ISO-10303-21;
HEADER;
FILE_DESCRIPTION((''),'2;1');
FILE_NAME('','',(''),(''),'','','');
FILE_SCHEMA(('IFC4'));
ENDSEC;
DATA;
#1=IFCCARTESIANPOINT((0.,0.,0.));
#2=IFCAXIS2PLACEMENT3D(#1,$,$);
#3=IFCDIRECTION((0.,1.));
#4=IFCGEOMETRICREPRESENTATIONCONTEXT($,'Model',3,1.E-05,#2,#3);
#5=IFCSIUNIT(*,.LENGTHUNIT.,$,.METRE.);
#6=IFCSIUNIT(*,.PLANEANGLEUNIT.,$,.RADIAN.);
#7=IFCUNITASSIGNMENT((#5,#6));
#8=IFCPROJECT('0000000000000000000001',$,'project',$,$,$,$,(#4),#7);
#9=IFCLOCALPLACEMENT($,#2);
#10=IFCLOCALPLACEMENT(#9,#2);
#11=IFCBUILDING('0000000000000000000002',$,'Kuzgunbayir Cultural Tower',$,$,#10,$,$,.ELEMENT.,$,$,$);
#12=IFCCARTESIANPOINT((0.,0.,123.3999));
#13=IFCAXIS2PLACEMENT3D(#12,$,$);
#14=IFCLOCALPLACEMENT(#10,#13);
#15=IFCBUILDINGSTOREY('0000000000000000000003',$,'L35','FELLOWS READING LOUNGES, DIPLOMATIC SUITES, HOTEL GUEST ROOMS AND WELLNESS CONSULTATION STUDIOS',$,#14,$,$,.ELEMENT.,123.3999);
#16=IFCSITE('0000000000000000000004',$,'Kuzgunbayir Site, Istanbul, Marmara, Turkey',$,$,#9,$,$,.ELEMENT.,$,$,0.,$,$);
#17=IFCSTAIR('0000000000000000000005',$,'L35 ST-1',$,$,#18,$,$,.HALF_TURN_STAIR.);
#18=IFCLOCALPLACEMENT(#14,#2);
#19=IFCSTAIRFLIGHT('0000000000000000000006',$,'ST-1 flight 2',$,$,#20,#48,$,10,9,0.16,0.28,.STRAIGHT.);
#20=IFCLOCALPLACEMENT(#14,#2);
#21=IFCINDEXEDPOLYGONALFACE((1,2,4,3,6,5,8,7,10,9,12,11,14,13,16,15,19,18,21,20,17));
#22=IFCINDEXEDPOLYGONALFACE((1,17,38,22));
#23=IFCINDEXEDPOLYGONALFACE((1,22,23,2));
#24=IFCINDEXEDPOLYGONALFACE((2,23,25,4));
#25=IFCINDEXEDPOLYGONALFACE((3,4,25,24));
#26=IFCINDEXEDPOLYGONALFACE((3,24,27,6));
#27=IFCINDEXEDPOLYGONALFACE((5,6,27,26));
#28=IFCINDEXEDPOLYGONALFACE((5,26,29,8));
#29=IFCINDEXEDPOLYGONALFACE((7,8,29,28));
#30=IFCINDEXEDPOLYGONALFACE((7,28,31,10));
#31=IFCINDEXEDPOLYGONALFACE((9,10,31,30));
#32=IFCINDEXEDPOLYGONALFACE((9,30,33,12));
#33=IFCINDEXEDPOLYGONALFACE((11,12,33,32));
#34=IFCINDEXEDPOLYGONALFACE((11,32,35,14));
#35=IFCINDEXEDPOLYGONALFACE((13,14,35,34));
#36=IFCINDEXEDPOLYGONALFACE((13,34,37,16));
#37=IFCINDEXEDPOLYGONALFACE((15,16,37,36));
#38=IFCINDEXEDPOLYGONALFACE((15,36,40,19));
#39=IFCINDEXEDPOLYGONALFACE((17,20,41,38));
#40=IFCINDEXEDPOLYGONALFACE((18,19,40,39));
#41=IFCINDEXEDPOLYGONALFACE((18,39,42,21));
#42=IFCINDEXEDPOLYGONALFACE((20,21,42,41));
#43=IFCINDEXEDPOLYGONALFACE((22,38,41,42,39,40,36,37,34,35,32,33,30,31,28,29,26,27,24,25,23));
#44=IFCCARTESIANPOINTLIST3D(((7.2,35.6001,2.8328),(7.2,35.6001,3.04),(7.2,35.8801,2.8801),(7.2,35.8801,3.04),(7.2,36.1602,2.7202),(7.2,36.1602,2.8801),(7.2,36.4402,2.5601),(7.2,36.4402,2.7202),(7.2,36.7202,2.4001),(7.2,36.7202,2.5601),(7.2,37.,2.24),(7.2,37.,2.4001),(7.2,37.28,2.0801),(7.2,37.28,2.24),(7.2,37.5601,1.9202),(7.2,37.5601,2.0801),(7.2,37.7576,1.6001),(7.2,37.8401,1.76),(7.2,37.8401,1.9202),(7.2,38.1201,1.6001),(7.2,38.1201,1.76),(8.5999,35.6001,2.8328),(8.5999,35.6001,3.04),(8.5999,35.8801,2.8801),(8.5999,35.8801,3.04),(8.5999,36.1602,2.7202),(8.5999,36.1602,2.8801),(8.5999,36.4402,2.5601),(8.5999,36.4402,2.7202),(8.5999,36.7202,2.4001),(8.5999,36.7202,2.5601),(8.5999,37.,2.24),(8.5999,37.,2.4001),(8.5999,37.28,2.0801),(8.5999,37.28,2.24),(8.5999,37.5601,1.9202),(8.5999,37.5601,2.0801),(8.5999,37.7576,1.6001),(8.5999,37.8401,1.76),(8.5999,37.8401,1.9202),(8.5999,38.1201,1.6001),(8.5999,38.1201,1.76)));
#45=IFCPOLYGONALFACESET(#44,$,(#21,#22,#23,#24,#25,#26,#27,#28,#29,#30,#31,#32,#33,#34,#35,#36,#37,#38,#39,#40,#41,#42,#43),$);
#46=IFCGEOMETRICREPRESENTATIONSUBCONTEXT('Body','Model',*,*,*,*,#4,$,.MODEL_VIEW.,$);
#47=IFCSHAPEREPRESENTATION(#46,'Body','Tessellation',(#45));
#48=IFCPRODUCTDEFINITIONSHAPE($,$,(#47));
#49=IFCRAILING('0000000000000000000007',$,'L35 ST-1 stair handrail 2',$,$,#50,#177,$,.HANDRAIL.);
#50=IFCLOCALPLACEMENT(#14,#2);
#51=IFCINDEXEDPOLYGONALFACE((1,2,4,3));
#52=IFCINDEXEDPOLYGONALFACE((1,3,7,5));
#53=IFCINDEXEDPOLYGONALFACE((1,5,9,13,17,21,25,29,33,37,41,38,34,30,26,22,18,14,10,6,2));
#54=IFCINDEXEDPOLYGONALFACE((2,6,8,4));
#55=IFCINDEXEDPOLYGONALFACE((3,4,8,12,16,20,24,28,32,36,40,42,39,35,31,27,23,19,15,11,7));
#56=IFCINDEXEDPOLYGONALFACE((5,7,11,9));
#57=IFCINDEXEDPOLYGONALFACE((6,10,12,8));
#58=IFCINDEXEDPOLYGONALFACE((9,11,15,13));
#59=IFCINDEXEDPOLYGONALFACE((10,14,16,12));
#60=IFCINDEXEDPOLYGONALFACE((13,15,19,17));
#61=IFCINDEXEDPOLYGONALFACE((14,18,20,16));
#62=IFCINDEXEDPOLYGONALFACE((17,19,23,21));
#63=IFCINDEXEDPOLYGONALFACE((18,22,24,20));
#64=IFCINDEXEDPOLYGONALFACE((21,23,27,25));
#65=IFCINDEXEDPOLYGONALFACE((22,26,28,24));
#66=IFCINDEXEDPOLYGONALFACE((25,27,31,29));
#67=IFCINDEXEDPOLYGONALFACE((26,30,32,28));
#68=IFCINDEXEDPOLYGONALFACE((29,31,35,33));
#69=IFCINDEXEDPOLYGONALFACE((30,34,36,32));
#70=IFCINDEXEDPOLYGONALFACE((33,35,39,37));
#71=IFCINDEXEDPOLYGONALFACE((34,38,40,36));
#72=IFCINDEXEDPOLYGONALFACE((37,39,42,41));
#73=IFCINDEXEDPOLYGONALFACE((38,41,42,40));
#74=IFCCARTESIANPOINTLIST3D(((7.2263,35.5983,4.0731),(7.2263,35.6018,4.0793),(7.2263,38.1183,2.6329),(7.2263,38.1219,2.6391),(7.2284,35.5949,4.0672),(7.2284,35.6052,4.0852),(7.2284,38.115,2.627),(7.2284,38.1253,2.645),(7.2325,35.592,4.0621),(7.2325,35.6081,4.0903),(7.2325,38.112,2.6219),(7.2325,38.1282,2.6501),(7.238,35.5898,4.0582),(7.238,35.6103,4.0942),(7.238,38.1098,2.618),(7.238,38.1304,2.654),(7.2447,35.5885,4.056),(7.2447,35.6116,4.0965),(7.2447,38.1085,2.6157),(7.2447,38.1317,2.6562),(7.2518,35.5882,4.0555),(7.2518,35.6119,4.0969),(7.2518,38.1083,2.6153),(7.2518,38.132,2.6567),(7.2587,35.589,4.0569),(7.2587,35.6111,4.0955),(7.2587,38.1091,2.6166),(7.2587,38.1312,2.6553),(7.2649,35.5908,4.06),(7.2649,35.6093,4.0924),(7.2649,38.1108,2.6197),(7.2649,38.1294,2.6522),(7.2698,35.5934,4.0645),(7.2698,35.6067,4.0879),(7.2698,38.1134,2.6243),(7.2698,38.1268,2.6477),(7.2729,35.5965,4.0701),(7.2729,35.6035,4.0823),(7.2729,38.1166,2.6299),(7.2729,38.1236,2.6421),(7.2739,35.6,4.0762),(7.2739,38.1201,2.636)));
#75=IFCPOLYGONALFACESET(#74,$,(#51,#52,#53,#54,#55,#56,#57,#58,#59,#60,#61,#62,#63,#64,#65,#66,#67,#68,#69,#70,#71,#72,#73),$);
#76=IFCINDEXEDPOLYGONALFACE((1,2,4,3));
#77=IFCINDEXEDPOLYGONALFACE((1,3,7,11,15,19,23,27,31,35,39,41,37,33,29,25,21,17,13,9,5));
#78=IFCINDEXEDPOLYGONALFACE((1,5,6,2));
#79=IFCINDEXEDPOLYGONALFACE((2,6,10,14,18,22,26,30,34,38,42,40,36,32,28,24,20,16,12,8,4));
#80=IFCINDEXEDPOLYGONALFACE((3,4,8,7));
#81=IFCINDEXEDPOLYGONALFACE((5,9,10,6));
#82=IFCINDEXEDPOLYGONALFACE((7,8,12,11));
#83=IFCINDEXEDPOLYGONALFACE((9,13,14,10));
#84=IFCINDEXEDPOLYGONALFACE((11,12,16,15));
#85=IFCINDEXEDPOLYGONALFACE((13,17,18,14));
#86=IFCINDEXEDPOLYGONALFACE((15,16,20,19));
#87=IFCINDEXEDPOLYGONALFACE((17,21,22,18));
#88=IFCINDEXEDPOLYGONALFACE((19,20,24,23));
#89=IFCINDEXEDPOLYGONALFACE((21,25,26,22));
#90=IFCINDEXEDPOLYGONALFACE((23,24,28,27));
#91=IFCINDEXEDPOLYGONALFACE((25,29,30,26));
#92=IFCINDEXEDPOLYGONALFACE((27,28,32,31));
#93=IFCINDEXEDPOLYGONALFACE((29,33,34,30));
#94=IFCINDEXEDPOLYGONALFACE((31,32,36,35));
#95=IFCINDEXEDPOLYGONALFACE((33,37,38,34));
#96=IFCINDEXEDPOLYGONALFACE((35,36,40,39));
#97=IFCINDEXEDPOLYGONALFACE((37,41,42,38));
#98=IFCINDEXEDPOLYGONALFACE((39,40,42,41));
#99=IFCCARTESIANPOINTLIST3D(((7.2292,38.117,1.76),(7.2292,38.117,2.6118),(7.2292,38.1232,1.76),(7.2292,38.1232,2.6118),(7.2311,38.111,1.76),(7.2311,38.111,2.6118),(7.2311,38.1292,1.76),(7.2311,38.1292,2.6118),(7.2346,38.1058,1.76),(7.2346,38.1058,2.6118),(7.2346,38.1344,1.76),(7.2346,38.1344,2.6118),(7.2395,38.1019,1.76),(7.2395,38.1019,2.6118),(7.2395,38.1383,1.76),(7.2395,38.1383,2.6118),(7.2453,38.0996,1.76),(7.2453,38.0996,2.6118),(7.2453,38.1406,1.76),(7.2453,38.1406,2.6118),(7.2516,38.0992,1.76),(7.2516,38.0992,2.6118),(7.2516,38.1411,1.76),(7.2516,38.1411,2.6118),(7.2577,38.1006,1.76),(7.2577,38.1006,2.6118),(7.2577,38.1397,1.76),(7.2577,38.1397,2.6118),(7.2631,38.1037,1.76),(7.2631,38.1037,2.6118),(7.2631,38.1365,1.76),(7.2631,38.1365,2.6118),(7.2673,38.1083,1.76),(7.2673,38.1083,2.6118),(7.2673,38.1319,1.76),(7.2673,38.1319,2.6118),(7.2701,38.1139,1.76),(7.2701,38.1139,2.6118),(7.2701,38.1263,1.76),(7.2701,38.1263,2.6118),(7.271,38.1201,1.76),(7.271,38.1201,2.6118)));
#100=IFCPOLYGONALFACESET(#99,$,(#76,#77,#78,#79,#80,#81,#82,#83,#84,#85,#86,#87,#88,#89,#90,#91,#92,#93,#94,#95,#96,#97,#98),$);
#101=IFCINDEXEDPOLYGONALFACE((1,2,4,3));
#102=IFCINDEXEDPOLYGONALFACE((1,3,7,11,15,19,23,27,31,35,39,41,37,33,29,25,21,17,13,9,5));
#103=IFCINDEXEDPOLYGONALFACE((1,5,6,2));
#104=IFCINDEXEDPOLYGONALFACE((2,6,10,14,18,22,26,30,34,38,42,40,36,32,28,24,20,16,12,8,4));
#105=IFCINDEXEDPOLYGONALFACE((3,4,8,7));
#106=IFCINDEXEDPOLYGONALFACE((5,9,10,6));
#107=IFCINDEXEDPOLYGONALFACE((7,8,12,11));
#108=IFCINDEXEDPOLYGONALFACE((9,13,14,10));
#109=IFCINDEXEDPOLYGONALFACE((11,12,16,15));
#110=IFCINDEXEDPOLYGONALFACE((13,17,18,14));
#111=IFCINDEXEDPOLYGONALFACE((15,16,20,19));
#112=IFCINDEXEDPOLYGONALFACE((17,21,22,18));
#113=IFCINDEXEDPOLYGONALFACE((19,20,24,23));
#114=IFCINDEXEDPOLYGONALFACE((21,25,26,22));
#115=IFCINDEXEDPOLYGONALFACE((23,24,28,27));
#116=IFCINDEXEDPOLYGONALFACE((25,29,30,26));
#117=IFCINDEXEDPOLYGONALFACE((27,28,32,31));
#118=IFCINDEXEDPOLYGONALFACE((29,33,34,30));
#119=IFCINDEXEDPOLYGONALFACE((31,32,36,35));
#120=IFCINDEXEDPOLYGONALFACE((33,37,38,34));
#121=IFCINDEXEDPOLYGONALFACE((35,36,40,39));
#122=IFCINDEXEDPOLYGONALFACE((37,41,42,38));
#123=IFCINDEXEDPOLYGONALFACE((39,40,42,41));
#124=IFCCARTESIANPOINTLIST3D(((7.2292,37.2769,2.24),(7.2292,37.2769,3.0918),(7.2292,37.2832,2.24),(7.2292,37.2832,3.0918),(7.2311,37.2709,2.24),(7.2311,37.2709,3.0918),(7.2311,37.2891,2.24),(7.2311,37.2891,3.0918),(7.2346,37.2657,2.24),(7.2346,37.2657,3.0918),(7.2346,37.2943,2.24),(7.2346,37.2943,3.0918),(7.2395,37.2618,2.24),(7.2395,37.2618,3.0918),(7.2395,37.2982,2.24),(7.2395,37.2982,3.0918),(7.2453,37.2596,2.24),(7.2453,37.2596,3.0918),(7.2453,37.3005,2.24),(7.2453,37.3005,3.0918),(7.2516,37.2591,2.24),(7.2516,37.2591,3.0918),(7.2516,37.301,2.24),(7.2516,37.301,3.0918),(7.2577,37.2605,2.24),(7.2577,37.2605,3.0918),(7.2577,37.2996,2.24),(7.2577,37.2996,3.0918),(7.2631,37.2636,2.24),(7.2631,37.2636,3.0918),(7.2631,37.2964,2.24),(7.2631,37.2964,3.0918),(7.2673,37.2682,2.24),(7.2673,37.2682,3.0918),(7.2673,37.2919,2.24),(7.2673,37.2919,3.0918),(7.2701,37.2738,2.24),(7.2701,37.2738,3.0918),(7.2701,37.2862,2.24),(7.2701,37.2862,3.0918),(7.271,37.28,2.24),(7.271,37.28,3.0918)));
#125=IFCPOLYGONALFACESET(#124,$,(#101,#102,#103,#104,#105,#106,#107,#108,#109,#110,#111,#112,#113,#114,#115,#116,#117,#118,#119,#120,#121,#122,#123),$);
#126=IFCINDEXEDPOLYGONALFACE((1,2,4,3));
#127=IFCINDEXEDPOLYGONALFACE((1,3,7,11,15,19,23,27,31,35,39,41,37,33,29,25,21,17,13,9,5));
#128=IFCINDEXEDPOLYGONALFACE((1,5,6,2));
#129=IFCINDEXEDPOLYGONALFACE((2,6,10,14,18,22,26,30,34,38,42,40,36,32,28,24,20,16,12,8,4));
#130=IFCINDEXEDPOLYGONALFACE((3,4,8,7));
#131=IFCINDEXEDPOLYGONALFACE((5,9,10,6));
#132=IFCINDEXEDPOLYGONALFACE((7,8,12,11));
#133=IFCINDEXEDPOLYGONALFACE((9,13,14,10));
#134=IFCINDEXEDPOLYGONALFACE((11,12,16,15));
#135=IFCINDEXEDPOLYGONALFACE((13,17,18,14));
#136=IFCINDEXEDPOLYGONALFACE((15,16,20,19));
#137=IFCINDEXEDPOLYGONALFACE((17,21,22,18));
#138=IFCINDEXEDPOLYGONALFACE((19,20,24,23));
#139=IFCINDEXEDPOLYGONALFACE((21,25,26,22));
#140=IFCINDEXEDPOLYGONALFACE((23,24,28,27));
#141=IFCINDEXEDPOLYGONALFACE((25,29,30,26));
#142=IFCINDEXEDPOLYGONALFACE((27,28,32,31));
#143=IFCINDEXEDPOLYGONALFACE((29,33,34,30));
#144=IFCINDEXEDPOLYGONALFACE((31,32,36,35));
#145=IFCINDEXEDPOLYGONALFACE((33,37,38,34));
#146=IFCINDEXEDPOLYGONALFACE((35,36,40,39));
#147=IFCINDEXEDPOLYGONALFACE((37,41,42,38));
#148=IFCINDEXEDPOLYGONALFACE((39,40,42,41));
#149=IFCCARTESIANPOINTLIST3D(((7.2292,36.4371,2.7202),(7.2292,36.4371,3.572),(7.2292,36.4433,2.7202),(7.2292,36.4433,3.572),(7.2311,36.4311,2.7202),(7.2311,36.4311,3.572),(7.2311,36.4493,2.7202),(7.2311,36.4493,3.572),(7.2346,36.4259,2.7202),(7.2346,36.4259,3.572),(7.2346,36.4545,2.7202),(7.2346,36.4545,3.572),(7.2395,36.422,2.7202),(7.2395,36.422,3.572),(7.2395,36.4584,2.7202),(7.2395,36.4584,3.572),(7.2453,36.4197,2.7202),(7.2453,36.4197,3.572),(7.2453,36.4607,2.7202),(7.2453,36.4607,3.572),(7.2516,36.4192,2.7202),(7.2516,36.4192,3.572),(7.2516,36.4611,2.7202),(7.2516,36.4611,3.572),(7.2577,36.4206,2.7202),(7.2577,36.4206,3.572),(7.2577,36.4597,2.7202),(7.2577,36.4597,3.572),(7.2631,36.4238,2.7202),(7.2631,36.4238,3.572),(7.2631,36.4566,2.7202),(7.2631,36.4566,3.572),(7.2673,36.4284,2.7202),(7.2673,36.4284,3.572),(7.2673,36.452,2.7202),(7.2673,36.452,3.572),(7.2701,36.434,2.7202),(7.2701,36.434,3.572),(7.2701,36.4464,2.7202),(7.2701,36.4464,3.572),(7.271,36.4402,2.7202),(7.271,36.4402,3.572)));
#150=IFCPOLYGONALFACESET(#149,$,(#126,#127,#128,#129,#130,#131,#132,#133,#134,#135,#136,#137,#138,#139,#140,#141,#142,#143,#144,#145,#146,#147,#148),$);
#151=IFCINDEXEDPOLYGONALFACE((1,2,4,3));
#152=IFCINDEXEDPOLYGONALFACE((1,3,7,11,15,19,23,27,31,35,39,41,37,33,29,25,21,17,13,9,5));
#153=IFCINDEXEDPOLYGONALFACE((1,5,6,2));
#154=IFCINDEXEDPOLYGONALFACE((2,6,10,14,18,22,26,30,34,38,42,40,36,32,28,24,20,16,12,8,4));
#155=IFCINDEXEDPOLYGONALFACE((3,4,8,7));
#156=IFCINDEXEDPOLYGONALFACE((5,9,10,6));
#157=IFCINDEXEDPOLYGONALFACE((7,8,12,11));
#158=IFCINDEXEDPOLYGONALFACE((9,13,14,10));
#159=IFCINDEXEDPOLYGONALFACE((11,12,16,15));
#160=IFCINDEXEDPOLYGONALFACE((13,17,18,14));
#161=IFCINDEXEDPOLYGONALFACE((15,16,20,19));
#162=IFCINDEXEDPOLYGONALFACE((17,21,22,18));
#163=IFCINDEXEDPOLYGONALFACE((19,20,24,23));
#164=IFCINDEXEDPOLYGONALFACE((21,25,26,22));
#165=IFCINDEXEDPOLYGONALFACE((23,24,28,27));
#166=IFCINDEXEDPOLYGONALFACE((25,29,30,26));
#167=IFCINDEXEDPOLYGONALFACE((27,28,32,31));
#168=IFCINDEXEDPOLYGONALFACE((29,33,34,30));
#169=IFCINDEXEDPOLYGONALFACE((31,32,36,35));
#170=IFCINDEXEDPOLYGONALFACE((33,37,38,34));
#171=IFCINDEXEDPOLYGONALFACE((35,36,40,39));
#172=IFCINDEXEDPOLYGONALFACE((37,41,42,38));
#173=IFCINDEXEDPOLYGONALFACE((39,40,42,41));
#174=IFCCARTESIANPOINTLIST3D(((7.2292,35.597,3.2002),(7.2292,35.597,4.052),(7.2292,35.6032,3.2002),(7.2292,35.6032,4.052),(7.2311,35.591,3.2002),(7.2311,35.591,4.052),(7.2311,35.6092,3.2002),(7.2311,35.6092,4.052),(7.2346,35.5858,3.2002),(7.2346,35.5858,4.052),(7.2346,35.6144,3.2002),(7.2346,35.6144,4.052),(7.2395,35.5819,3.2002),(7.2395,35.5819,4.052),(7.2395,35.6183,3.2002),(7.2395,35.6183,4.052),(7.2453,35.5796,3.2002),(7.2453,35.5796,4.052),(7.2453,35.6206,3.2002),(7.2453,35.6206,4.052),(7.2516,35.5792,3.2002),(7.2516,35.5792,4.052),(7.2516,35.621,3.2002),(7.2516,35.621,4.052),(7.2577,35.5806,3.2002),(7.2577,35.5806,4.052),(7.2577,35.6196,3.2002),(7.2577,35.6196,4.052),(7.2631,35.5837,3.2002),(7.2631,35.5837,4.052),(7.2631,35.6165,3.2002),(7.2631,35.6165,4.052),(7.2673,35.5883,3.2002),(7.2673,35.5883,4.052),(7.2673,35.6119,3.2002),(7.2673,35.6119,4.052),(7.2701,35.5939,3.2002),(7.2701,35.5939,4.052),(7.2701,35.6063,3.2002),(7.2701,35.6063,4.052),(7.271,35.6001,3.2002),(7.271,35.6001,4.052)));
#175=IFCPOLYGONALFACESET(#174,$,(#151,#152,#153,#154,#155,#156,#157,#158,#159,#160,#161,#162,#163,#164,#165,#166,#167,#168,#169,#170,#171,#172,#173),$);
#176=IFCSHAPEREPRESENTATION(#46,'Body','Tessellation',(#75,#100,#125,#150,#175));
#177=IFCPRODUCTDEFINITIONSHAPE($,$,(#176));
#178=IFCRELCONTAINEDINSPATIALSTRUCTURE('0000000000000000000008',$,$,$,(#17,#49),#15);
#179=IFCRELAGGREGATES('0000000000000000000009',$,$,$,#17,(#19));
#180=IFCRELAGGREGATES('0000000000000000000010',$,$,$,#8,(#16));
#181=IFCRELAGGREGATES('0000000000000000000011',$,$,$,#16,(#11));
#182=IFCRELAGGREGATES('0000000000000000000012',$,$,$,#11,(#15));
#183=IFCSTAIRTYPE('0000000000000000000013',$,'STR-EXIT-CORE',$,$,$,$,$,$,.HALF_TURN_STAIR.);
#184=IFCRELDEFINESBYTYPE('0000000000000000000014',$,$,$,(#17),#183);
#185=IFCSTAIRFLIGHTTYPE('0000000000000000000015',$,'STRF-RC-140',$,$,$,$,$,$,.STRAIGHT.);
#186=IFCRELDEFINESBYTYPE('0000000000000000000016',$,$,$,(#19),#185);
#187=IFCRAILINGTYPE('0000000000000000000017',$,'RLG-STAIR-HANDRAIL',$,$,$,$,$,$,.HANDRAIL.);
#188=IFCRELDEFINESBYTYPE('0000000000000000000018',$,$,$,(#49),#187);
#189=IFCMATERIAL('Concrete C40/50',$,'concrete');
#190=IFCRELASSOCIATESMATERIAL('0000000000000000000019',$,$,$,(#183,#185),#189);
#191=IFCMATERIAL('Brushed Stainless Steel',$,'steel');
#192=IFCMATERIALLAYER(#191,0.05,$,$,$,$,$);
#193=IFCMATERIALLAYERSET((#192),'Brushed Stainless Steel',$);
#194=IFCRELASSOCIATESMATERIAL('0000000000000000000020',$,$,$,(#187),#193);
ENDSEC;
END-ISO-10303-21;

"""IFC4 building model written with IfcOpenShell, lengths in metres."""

from ifc_helpers import new_model, si_unit, direction, frame, origin, origin_2d, place, context, subcontext, project, spatial, polyline, circle, outline, extrude, material, layer, layer_set, type_object, element, aggregate, save


model = new_model("IFC4")

# Units and contexts
model_context = context("Model", 3, precision=1e-05, world=origin(), true_north=direction((0.0, 1.0)))
body_context = subcontext(model_context, "Body", "Model", "MODEL_VIEW")
ifc_project = project(units=[si_unit("LENGTHUNIT", "METRE"), si_unit("PLANEANGLEUNIT", "RADIAN")], contexts=[model_context])

# Site, building, storey
site_placement = place(None, origin())
site = spatial("IfcSite", under=ifc_project, at=site_placement, Name="Kuzgunbayir Site, Istanbul, Marmara, Turkey", CompositionType="ELEMENT", RefElevation=0.0)
building_placement = place(site_placement, origin())
building = spatial("IfcBuilding", under=site, at=building_placement, Name="Kuzgunbayir Cultural Tower", CompositionType="ELEMENT")
storey_placement = place(building_placement, frame((0.0, 0.0, 123.3999)))
storey = spatial("IfcBuildingStorey", under=building, at=storey_placement, Name="L35", Description="FELLOWS READING LOUNGES, DIPLOMATIC SUITES, HOTEL GUEST ROOMS AND WELLNESS CONSULTATION STUDIOS", CompositionType="ELEMENT", Elevation=123.3999)

# Stair, stair flight
ifc_material_1 = material(Name="Concrete C40/50", Category="concrete")
stair_type = type_object("IfcStairType", Name="STR-EXIT-CORE", PredefinedType="HALF_TURN_STAIR", material=ifc_material_1)
stair_placement = place(storey_placement, origin())
stair = element("IfcStair", 1, at=stair_placement, inside=storey, type_object=stair_type, Name="L35 ST-1", PredefinedType="HALF_TURN_STAIR")
stair_flight_type = type_object("IfcStairFlightType", Name="STRF-RC-140", PredefinedType="STRAIGHT", material=ifc_material_1)
stair_flight_placement = place(storey_placement, frame((7.8999, 38.1201, 1.6001), z_axis=(0.0, 0.0, 1.0), x_axis=(0.0, -1.0, 0.0)))
stair_flight = element("IfcStairFlight", 2, at=stair_flight_placement, type_object=stair_flight_type, Name="ST-1 flight 2", NumberOfRisers=10, NumberOfTreads=9, PredefinedType="STRAIGHT", RiserHeight=0.16, TreadLength=0.28, context=body_context, shape_type="SweptSolid", body=[
    extrude(outline(polyline([(0.0, 0.0), (0.0, 0.1599), (0.28, 0.1599), (0.28, 0.3201), (0.5601, 0.3201), (0.5601, 0.48), (0.8401, 0.48), (0.8401, 0.6399), (1.1201, 0.6399), (1.1201, 0.8), (1.3999, 0.8), (1.3999, 0.96), (1.6799, 0.96), (1.6799, 1.1201), (1.96, 1.1201), (1.96, 1.28), (2.24, 1.28), (2.24, 1.4399), (2.52, 1.4399), (2.52, 1.6001), (2.52, 1.2327), (0.3625, 0.0), (0.0, 0.0)])), frame((0.0, 0.7, 0.0), z_axis=(0.0, -1.0, 0.0), x_axis=(1.0, 0.0, 0.0)), (0.0, 0.0, 1.0), 1.3999),
])
aggregate(stair, [stair_flight])

# Railing
ifc_material_2 = material(Name="Brushed Stainless Steel", Category="steel")
ifc_layer_1 = layer(ifc_material_2, 0.05)
ifc_layer_set_1 = layer_set([ifc_layer_1], Name="Brushed Stainless Steel")
railing_type_1 = type_object("IfcRailingType", Name="RLG-STAIR-HANDRAIL", PredefinedType="HANDRAIL", material=ifc_layer_set_1)
railing_1_placement = place(storey_placement, frame((7.25, 38.1201, 1.76)))
element("IfcRailing", 3, at=railing_1_placement, inside=storey, type_object=railing_type_1, Name="L35 ST-1 stair handrail 2", PredefinedType="HANDRAIL", context=body_context, shape_type="SweptSolid", body=[
    extrude(circle(Radius=0.0239, at=origin_2d()), frame((0.0, 0.0, 0.876), z_axis=(0.0, -0.868217, 0.496184), x_axis=(1.0, 0.0, 0.0)), (0.0, 0.0, 1.0), 2.9026),
    extrude(circle(Radius=0.021, at=origin_2d()), origin(), (0.0, 0.0, 1.0), 0.8518),
    extrude(circle(Radius=0.021, at=origin_2d()), frame((0.0, -0.8401, 0.48)), (0.0, 0.0, 1.0), 0.8518),
    extrude(circle(Radius=0.021, at=origin_2d()), frame((0.0, -1.6799, 0.9602)), (0.0, 0.0, 1.0), 0.8518),
    extrude(circle(Radius=0.021, at=origin_2d()), frame((0.0, -2.52, 1.4402)), (0.0, 0.0, 1.0), 0.8518),
])

save(model, "model.ifc")
